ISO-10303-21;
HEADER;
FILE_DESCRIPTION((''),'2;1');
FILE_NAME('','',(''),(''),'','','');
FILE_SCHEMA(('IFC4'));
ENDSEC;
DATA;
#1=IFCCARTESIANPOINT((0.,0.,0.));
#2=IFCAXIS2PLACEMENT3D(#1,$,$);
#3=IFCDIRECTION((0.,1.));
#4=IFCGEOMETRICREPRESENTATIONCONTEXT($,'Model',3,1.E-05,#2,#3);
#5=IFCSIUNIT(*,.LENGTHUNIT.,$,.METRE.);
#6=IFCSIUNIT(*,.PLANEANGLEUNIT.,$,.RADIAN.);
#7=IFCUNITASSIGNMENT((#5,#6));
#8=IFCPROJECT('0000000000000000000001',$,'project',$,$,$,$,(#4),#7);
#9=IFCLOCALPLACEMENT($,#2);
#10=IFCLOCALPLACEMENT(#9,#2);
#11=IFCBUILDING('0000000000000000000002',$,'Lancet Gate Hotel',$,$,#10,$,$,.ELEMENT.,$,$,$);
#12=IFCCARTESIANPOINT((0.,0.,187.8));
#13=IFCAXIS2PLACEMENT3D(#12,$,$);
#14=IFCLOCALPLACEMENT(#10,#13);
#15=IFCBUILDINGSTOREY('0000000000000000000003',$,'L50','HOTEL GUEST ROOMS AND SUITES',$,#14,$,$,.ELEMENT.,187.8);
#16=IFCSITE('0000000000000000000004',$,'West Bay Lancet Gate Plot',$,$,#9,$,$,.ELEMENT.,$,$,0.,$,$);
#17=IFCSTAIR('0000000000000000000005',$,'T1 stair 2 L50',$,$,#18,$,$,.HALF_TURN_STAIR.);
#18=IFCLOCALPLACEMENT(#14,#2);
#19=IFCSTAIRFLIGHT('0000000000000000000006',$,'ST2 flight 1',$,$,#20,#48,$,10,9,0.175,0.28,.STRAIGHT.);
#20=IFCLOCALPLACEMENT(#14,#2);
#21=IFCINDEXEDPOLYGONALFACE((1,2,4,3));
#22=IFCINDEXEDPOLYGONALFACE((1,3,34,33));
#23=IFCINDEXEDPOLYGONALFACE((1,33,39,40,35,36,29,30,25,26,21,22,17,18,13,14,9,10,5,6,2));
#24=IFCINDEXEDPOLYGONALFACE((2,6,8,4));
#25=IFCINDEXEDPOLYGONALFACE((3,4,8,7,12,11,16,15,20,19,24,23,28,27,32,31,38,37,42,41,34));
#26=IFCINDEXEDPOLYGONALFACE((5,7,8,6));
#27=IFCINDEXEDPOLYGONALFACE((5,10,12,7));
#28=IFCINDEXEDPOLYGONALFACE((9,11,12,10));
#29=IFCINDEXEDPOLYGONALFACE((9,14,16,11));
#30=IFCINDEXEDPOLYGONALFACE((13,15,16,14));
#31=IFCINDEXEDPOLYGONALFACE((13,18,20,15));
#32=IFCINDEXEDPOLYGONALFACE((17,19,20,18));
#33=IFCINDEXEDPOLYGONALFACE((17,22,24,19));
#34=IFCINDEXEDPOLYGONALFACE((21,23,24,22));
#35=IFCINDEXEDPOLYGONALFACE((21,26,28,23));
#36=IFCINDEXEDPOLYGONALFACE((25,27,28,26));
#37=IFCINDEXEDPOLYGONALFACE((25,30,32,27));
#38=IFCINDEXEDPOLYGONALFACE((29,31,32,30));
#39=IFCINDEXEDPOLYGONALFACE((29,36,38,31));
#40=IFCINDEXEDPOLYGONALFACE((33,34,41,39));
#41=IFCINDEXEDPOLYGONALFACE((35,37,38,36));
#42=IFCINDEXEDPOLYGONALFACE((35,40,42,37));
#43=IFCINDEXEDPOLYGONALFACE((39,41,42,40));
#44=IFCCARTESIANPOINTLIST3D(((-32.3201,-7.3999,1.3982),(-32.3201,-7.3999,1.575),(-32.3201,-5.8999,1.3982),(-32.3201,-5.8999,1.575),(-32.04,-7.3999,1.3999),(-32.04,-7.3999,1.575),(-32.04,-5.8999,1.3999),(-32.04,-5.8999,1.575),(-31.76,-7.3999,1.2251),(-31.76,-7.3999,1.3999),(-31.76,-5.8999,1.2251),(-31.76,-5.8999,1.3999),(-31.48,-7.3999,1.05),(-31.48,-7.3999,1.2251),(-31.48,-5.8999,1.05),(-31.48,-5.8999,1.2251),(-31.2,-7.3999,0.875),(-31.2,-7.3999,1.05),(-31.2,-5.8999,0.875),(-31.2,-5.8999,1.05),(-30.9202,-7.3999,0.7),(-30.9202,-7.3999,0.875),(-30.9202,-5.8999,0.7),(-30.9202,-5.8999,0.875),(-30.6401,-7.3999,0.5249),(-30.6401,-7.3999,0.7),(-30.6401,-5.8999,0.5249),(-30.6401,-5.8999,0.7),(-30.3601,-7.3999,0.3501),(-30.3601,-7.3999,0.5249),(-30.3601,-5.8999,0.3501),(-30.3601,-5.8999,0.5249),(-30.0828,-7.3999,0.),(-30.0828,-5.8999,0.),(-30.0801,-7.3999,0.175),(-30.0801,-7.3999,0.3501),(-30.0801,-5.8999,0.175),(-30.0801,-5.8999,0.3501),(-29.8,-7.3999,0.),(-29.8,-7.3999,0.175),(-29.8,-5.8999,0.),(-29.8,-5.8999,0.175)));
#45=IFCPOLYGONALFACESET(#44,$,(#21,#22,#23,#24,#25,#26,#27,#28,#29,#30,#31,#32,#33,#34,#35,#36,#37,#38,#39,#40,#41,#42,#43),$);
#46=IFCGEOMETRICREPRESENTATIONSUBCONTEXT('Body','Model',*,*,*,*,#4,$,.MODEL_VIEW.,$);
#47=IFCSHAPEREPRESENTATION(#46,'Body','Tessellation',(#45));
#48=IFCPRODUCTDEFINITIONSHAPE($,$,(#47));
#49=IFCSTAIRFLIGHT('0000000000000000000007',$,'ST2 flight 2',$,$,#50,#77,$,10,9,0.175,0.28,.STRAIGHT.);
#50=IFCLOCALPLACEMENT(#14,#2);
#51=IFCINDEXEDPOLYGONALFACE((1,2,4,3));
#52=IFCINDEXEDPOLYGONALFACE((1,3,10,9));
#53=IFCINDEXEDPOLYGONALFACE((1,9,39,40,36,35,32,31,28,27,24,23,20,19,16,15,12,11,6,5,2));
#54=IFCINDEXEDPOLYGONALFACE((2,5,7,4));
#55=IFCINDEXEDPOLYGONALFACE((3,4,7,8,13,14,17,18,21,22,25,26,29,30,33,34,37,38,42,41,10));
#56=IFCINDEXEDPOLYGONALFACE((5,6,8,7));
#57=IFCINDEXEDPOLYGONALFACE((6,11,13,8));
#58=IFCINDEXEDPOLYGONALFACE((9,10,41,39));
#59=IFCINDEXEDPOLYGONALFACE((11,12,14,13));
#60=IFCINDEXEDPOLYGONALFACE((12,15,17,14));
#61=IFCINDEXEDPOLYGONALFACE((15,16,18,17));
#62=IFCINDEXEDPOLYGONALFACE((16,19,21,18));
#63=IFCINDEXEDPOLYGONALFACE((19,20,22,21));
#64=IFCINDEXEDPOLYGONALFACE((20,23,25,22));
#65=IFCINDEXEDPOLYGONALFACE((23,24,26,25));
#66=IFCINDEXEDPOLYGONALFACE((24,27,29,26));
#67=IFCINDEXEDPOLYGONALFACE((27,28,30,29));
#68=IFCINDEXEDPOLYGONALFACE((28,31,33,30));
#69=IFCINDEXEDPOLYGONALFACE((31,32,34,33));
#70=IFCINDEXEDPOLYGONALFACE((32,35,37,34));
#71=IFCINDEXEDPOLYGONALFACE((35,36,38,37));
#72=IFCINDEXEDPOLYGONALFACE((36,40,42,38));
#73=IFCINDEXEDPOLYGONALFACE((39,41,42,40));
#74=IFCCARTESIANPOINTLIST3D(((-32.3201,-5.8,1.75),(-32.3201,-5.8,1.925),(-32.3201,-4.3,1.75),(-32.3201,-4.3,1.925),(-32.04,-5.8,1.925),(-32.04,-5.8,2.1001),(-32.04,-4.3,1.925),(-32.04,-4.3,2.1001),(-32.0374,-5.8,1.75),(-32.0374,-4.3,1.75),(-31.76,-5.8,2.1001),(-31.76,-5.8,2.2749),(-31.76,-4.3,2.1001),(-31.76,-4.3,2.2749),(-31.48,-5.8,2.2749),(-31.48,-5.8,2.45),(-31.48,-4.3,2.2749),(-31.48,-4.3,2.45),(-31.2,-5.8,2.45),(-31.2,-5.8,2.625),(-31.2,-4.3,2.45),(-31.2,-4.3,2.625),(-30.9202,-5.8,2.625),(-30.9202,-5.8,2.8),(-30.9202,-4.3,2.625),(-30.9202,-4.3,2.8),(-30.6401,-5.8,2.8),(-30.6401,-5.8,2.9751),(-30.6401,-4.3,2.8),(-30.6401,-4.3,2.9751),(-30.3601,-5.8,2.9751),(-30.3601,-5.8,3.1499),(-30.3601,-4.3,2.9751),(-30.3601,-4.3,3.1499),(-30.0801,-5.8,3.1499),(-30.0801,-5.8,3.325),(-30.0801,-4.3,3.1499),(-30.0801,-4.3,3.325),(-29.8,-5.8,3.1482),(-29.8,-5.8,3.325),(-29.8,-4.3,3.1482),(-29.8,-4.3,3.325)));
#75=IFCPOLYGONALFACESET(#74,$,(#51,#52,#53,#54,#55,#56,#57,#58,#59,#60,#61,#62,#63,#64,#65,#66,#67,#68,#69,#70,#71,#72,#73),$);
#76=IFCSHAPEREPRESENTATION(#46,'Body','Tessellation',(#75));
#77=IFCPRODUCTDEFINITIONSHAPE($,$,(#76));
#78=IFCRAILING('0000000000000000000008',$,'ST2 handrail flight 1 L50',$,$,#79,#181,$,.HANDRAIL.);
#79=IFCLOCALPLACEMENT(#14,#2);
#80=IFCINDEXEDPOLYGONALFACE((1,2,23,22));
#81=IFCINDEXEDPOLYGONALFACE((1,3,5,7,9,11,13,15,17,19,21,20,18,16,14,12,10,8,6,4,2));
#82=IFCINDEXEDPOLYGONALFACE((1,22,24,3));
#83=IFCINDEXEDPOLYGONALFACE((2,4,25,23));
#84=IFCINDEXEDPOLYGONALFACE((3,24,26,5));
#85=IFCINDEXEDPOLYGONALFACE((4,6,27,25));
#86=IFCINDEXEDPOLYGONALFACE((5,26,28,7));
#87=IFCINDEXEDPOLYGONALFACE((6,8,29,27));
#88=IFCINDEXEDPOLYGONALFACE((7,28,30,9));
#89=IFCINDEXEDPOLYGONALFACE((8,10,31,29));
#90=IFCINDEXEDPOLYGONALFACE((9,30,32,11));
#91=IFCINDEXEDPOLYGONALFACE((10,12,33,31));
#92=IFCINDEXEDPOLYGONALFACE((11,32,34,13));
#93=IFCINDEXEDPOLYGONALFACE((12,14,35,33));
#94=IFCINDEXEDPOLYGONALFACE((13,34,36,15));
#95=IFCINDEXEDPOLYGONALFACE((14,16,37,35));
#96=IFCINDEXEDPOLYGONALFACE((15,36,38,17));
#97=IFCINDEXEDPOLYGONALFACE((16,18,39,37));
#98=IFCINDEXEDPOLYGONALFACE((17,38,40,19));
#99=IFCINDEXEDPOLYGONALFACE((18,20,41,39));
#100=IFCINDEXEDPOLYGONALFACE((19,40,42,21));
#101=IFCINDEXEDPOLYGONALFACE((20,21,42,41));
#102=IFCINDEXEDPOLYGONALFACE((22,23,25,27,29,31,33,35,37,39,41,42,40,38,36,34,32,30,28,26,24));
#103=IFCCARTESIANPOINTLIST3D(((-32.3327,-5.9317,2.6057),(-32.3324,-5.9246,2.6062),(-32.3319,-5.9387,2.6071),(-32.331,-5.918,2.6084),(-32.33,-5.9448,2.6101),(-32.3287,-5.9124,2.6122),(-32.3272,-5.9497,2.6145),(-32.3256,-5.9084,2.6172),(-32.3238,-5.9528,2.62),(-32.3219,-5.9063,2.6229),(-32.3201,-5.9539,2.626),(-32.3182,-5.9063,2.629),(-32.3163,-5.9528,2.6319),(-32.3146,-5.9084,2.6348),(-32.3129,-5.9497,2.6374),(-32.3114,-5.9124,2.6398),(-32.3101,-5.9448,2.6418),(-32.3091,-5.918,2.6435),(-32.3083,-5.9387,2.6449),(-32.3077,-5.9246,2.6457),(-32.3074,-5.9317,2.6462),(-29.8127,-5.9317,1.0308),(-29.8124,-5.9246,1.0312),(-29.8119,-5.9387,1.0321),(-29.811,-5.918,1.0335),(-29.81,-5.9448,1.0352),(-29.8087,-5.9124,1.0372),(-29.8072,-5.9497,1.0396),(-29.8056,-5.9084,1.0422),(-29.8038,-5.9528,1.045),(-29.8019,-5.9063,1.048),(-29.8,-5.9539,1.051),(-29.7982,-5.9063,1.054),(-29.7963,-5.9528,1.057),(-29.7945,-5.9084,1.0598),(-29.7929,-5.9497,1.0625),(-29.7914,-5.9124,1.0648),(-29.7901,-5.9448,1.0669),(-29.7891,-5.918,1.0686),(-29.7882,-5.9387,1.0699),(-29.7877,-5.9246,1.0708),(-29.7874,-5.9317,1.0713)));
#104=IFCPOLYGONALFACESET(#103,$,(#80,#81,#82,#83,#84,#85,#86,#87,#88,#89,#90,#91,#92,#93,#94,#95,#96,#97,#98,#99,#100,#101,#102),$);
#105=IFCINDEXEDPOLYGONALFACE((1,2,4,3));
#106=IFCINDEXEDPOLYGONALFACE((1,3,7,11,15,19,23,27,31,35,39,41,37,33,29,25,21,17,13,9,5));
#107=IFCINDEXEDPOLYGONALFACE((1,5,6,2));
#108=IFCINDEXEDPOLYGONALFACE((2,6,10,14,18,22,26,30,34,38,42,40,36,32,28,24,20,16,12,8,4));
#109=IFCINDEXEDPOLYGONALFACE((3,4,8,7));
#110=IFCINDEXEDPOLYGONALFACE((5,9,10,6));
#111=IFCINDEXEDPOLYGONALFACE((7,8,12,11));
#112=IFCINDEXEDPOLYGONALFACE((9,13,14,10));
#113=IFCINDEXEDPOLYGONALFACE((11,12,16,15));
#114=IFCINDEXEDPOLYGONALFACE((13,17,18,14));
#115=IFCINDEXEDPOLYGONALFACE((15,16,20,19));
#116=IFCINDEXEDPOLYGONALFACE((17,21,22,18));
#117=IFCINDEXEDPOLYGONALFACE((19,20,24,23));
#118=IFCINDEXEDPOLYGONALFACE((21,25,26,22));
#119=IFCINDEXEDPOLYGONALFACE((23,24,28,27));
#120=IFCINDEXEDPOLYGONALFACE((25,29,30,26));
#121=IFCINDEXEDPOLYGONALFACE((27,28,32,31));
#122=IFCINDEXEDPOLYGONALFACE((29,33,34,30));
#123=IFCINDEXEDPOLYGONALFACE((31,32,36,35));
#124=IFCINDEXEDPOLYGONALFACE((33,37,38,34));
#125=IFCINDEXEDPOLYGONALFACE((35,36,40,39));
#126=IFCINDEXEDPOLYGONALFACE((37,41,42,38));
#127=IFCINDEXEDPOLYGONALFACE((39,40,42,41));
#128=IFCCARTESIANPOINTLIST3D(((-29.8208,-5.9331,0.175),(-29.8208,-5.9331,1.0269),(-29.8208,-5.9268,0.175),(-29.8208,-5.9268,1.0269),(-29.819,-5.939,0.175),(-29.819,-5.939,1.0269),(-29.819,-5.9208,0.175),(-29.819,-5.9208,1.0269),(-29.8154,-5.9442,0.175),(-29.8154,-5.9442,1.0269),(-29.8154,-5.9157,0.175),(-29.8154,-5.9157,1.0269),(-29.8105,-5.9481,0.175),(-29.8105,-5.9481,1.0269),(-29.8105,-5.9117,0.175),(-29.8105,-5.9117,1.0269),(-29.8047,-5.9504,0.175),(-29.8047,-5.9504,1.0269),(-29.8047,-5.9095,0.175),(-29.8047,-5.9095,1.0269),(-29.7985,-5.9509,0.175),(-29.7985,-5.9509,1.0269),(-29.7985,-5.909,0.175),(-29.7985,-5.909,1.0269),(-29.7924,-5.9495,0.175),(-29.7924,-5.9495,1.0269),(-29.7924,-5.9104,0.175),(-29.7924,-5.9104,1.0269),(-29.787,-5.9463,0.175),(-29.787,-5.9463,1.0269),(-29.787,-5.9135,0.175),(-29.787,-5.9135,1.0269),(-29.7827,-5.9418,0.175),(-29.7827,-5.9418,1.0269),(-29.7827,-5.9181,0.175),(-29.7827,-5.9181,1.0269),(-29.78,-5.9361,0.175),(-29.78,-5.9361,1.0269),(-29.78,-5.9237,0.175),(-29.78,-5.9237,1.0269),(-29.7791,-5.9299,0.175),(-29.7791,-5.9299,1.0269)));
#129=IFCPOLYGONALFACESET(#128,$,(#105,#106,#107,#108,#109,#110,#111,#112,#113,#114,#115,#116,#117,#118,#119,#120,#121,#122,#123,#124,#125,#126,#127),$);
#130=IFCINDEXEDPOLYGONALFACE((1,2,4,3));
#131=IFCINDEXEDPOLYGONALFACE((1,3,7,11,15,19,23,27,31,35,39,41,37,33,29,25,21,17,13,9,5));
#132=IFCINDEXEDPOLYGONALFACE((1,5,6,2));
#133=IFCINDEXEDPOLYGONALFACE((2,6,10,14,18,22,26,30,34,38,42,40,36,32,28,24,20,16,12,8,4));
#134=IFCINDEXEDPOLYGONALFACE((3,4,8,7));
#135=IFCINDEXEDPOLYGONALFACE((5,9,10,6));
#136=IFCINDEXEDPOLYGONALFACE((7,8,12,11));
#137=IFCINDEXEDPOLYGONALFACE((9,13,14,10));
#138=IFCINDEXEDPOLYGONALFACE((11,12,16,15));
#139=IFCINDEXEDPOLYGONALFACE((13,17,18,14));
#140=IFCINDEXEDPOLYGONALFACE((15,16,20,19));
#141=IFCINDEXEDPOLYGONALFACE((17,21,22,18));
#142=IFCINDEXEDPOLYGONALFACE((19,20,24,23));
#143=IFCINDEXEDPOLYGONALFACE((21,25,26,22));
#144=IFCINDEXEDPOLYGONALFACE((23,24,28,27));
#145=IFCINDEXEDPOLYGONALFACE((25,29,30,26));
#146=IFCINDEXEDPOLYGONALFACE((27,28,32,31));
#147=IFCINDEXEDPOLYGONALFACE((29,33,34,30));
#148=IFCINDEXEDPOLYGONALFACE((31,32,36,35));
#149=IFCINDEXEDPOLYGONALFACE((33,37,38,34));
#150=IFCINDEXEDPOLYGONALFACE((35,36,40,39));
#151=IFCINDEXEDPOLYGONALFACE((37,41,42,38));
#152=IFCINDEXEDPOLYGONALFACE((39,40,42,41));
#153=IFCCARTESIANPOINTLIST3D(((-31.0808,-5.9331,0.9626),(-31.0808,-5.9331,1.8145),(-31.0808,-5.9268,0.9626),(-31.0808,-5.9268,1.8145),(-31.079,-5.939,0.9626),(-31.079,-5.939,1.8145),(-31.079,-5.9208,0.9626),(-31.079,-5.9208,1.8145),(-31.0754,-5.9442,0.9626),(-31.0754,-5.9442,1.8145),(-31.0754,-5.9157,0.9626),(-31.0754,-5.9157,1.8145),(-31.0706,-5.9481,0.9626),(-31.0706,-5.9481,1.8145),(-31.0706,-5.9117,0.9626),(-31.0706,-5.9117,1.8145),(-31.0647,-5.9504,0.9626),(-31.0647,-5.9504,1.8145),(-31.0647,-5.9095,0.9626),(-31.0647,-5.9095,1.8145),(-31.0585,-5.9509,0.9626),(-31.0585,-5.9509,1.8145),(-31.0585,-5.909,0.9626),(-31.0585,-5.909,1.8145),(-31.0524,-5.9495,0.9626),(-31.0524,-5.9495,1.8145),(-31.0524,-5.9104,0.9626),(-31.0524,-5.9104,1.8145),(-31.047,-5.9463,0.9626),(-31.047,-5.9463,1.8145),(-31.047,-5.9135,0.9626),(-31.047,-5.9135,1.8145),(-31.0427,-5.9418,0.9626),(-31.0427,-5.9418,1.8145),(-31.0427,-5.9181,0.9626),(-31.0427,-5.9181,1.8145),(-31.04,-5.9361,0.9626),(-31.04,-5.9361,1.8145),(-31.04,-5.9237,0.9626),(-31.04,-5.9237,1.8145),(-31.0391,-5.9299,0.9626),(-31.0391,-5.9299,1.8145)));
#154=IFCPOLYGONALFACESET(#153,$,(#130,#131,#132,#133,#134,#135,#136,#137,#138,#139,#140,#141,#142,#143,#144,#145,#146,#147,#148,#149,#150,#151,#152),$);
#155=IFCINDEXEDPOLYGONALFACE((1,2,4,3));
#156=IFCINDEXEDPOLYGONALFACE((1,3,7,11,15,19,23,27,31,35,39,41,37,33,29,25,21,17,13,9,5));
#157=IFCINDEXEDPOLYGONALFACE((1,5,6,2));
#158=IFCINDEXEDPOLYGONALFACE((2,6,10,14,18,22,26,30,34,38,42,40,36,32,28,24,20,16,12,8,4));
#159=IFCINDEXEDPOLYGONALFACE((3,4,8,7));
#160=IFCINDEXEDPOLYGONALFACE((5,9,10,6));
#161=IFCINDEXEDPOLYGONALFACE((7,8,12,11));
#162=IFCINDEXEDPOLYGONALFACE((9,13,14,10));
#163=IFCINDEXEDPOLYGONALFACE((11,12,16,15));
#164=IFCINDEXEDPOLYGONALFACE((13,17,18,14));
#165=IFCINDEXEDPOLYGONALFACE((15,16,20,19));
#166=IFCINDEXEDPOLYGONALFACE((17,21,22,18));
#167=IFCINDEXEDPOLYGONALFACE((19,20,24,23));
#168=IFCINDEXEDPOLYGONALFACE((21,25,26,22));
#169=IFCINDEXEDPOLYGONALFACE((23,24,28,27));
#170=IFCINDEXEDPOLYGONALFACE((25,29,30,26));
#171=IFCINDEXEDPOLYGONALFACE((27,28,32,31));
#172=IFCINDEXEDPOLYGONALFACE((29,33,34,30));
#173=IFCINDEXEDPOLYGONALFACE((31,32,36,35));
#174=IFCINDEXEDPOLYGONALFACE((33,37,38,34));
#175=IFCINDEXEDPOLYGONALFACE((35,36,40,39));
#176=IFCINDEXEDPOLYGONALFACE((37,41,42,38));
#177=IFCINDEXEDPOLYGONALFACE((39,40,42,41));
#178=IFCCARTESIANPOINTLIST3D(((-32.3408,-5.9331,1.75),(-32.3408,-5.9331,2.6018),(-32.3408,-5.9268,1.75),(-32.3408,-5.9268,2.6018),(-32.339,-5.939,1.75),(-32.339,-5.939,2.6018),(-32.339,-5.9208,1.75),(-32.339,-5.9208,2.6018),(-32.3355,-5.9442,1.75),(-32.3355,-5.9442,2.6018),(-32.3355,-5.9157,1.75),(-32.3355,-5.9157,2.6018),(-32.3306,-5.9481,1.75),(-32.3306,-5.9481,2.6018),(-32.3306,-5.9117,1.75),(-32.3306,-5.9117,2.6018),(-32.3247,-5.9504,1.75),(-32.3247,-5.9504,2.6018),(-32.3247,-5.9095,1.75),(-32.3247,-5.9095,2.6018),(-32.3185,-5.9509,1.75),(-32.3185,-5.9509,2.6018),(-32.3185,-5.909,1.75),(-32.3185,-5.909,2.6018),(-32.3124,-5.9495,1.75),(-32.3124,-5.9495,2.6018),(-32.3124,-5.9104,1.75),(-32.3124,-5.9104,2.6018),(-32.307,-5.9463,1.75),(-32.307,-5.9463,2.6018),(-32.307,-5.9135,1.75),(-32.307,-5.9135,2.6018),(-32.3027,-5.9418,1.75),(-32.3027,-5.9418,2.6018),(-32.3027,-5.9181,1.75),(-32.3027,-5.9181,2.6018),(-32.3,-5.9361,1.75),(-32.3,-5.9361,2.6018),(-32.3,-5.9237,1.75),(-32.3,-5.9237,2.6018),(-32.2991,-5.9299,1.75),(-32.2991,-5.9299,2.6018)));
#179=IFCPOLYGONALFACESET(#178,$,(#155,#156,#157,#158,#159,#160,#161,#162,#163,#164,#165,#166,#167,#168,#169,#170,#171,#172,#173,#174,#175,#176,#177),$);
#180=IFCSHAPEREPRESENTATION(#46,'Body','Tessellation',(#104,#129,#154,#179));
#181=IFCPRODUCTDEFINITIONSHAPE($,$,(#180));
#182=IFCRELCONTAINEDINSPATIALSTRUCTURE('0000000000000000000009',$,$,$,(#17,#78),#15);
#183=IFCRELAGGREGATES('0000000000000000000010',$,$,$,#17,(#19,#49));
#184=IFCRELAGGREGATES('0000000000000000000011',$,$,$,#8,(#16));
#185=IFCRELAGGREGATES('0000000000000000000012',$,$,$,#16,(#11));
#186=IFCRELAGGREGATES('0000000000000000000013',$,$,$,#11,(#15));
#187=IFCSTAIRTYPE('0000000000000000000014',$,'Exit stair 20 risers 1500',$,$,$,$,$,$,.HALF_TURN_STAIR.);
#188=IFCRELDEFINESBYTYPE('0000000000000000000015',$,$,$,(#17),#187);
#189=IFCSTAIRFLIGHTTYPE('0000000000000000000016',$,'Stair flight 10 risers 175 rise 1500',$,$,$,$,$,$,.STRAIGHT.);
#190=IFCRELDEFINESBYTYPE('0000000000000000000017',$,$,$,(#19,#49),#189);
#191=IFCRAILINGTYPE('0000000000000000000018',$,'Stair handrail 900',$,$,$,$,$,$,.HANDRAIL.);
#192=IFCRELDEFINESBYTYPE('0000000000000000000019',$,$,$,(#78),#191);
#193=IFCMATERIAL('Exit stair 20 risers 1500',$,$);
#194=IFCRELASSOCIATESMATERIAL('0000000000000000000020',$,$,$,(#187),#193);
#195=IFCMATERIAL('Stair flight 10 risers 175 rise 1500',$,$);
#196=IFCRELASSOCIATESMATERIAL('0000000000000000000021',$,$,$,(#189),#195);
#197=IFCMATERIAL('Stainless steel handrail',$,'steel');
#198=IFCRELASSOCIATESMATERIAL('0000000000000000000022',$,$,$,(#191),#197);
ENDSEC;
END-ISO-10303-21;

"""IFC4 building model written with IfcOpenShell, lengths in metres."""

from ifc_helpers import new_model, si_unit, direction, frame, origin, origin_2d, place, context, subcontext, project, spatial, polyline, circle, outline, extrude, material, type_object, element, aggregate, save


model = new_model("IFC4")

# Units and contexts
model_context = context("Model", 3, precision=1e-05, world=origin(), true_north=direction((0.0, 1.0)))
body_context = subcontext(model_context, "Body", "Model", "MODEL_VIEW")
ifc_project = project(units=[si_unit("LENGTHUNIT", "METRE"), si_unit("PLANEANGLEUNIT", "RADIAN")], contexts=[model_context])

# Site, building, storey
site_placement = place(None, origin())
site = spatial("IfcSite", under=ifc_project, at=site_placement, Name="West Bay Lancet Gate Plot", CompositionType="ELEMENT", RefElevation=0.0)
building_placement = place(site_placement, origin())
building = spatial("IfcBuilding", under=site, at=building_placement, Name="Lancet Gate Hotel", CompositionType="ELEMENT")
storey_placement = place(building_placement, frame((0.0, 0.0, 187.8)))
storey = spatial("IfcBuildingStorey", under=building, at=storey_placement, Name="L50", Description="HOTEL GUEST ROOMS AND SUITES", CompositionType="ELEMENT", Elevation=187.8)

# Stair, stair flights
ifc_material_1 = material(Name="Exit stair 20 risers 1500")
stair_type = type_object("IfcStairType", Name="Exit stair 20 risers 1500", PredefinedType="HALF_TURN_STAIR", material=ifc_material_1)
stair_placement = place(storey_placement, origin())
stair = element("IfcStair", 1, at=stair_placement, inside=storey, type_object=stair_type, Name="T1 stair 2 L50", PredefinedType="HALF_TURN_STAIR")
ifc_material_2 = material(Name="Stair flight 10 risers 175 rise 1500")
stair_flight_type = type_object("IfcStairFlightType", Name="Stair flight 10 risers 175 rise 1500", PredefinedType="STRAIGHT", material=ifc_material_2)
stair_flight_1_placement = place(storey_placement, frame((-29.8, -6.6499, 0.0), z_axis=(0.0, 0.0, 1.0), x_axis=(-1.0, 0.0, 0.0)))
stair_flight_1 = element("IfcStairFlight", 2, at=stair_flight_1_placement, type_object=stair_flight_type, Name="ST2 flight 1", NumberOfRisers=10, NumberOfTreads=9, PredefinedType="STRAIGHT", RiserHeight=0.175, TreadLength=0.28, context=body_context, shape_type="SweptSolid", body=[
    extrude(outline(polyline([(0.0, 0.0), (0.0, 0.175), (0.28, 0.175), (0.28, 0.3501), (0.5601, 0.3501), (0.5601, 0.5249), (0.8401, 0.5249), (0.8401, 0.7), (1.1201, 0.7), (1.1201, 0.875), (1.3999, 0.875), (1.3999, 1.05), (1.6799, 1.05), (1.6799, 1.2251), (1.96, 1.2251), (1.96, 1.3999), (2.24, 1.3999), (2.24, 1.575), (2.52, 1.575), (2.52, 1.75), (2.52, 1.3982), (0.2827, 0.0), (0.0, 0.0)])), frame((0.0, 0.75, 0.0), z_axis=(0.0, -1.0, 0.0), x_axis=(1.0, 0.0, 0.0)), (0.0, 0.0, 1.0), 1.5),
])
stair_flight_2_placement = place(storey_placement, frame((-32.3201, -5.05, 1.75), z_axis=(0.0, 0.0, 1.0), x_axis=(1.0, 0.0, 0.0)))
stair_flight_2 = element("IfcStairFlight", 3, at=stair_flight_2_placement, type_object=stair_flight_type, Name="ST2 flight 2", NumberOfRisers=10, NumberOfTreads=9, PredefinedType="STRAIGHT", RiserHeight=0.175, TreadLength=0.28, context=body_context, shape_type="SweptSolid", body=[
    extrude(outline(polyline([(0.0, 0.0), (0.0, 0.175), (0.28, 0.175), (0.28, 0.3501), (0.5601, 0.3501), (0.5601, 0.5249), (0.8401, 0.5249), (0.8401, 0.7), (1.1201, 0.7), (1.1201, 0.875), (1.3999, 0.875), (1.3999, 1.05), (1.6799, 1.05), (1.6799, 1.2251), (1.96, 1.2251), (1.96, 1.3999), (2.24, 1.3999), (2.24, 1.575), (2.52, 1.575), (2.52, 1.75), (2.52, 1.3982), (0.2827, 0.0), (0.0, 0.0)])), frame((0.0, 0.75, 0.0), z_axis=(0.0, -1.0, 0.0), x_axis=(1.0, 0.0, 0.0)), (0.0, 0.0, 1.0), 1.5),
])
aggregate(stair, [stair_flight_1, stair_flight_2])

# Railing
ifc_material_3 = material(Name="Stainless steel handrail", Category="steel")
railing_type = type_object("IfcRailingType", Name="Stair handrail 900", PredefinedType="HANDRAIL", material=ifc_material_3)
railing_1_placement = place(storey_placement, frame((-29.8, -5.9299, 0.175)))
element("IfcRailing", 4, at=railing_1_placement, inside=storey, type_object=railing_type, Name="ST2 handrail flight 1 L50", PredefinedType="HANDRAIL", context=body_context, shape_type="SweptSolid", body=[
    extrude(circle(Radius=0.0239, at=origin_2d()), frame((0.0, 0.0, 0.876), z_axis=(-0.848008, 0.0, 0.529984), x_axis=(0.0, -1.0, 0.0)), (0.0, 0.0, 1.0), 2.9717),
    extrude(circle(Radius=0.021, at=origin_2d()), origin(), (0.0, 0.0, 1.0), 0.8518),
    extrude(circle(Radius=0.021, at=origin_2d()), frame((-1.26, 0.0, 0.7876)), (0.0, 0.0, 1.0), 0.8518),
    extrude(circle(Radius=0.021, at=origin_2d()), frame((-2.52, 0.0, 1.575)), (0.0, 0.0, 1.0), 0.8518),
])

save(model, "model.ifc")
